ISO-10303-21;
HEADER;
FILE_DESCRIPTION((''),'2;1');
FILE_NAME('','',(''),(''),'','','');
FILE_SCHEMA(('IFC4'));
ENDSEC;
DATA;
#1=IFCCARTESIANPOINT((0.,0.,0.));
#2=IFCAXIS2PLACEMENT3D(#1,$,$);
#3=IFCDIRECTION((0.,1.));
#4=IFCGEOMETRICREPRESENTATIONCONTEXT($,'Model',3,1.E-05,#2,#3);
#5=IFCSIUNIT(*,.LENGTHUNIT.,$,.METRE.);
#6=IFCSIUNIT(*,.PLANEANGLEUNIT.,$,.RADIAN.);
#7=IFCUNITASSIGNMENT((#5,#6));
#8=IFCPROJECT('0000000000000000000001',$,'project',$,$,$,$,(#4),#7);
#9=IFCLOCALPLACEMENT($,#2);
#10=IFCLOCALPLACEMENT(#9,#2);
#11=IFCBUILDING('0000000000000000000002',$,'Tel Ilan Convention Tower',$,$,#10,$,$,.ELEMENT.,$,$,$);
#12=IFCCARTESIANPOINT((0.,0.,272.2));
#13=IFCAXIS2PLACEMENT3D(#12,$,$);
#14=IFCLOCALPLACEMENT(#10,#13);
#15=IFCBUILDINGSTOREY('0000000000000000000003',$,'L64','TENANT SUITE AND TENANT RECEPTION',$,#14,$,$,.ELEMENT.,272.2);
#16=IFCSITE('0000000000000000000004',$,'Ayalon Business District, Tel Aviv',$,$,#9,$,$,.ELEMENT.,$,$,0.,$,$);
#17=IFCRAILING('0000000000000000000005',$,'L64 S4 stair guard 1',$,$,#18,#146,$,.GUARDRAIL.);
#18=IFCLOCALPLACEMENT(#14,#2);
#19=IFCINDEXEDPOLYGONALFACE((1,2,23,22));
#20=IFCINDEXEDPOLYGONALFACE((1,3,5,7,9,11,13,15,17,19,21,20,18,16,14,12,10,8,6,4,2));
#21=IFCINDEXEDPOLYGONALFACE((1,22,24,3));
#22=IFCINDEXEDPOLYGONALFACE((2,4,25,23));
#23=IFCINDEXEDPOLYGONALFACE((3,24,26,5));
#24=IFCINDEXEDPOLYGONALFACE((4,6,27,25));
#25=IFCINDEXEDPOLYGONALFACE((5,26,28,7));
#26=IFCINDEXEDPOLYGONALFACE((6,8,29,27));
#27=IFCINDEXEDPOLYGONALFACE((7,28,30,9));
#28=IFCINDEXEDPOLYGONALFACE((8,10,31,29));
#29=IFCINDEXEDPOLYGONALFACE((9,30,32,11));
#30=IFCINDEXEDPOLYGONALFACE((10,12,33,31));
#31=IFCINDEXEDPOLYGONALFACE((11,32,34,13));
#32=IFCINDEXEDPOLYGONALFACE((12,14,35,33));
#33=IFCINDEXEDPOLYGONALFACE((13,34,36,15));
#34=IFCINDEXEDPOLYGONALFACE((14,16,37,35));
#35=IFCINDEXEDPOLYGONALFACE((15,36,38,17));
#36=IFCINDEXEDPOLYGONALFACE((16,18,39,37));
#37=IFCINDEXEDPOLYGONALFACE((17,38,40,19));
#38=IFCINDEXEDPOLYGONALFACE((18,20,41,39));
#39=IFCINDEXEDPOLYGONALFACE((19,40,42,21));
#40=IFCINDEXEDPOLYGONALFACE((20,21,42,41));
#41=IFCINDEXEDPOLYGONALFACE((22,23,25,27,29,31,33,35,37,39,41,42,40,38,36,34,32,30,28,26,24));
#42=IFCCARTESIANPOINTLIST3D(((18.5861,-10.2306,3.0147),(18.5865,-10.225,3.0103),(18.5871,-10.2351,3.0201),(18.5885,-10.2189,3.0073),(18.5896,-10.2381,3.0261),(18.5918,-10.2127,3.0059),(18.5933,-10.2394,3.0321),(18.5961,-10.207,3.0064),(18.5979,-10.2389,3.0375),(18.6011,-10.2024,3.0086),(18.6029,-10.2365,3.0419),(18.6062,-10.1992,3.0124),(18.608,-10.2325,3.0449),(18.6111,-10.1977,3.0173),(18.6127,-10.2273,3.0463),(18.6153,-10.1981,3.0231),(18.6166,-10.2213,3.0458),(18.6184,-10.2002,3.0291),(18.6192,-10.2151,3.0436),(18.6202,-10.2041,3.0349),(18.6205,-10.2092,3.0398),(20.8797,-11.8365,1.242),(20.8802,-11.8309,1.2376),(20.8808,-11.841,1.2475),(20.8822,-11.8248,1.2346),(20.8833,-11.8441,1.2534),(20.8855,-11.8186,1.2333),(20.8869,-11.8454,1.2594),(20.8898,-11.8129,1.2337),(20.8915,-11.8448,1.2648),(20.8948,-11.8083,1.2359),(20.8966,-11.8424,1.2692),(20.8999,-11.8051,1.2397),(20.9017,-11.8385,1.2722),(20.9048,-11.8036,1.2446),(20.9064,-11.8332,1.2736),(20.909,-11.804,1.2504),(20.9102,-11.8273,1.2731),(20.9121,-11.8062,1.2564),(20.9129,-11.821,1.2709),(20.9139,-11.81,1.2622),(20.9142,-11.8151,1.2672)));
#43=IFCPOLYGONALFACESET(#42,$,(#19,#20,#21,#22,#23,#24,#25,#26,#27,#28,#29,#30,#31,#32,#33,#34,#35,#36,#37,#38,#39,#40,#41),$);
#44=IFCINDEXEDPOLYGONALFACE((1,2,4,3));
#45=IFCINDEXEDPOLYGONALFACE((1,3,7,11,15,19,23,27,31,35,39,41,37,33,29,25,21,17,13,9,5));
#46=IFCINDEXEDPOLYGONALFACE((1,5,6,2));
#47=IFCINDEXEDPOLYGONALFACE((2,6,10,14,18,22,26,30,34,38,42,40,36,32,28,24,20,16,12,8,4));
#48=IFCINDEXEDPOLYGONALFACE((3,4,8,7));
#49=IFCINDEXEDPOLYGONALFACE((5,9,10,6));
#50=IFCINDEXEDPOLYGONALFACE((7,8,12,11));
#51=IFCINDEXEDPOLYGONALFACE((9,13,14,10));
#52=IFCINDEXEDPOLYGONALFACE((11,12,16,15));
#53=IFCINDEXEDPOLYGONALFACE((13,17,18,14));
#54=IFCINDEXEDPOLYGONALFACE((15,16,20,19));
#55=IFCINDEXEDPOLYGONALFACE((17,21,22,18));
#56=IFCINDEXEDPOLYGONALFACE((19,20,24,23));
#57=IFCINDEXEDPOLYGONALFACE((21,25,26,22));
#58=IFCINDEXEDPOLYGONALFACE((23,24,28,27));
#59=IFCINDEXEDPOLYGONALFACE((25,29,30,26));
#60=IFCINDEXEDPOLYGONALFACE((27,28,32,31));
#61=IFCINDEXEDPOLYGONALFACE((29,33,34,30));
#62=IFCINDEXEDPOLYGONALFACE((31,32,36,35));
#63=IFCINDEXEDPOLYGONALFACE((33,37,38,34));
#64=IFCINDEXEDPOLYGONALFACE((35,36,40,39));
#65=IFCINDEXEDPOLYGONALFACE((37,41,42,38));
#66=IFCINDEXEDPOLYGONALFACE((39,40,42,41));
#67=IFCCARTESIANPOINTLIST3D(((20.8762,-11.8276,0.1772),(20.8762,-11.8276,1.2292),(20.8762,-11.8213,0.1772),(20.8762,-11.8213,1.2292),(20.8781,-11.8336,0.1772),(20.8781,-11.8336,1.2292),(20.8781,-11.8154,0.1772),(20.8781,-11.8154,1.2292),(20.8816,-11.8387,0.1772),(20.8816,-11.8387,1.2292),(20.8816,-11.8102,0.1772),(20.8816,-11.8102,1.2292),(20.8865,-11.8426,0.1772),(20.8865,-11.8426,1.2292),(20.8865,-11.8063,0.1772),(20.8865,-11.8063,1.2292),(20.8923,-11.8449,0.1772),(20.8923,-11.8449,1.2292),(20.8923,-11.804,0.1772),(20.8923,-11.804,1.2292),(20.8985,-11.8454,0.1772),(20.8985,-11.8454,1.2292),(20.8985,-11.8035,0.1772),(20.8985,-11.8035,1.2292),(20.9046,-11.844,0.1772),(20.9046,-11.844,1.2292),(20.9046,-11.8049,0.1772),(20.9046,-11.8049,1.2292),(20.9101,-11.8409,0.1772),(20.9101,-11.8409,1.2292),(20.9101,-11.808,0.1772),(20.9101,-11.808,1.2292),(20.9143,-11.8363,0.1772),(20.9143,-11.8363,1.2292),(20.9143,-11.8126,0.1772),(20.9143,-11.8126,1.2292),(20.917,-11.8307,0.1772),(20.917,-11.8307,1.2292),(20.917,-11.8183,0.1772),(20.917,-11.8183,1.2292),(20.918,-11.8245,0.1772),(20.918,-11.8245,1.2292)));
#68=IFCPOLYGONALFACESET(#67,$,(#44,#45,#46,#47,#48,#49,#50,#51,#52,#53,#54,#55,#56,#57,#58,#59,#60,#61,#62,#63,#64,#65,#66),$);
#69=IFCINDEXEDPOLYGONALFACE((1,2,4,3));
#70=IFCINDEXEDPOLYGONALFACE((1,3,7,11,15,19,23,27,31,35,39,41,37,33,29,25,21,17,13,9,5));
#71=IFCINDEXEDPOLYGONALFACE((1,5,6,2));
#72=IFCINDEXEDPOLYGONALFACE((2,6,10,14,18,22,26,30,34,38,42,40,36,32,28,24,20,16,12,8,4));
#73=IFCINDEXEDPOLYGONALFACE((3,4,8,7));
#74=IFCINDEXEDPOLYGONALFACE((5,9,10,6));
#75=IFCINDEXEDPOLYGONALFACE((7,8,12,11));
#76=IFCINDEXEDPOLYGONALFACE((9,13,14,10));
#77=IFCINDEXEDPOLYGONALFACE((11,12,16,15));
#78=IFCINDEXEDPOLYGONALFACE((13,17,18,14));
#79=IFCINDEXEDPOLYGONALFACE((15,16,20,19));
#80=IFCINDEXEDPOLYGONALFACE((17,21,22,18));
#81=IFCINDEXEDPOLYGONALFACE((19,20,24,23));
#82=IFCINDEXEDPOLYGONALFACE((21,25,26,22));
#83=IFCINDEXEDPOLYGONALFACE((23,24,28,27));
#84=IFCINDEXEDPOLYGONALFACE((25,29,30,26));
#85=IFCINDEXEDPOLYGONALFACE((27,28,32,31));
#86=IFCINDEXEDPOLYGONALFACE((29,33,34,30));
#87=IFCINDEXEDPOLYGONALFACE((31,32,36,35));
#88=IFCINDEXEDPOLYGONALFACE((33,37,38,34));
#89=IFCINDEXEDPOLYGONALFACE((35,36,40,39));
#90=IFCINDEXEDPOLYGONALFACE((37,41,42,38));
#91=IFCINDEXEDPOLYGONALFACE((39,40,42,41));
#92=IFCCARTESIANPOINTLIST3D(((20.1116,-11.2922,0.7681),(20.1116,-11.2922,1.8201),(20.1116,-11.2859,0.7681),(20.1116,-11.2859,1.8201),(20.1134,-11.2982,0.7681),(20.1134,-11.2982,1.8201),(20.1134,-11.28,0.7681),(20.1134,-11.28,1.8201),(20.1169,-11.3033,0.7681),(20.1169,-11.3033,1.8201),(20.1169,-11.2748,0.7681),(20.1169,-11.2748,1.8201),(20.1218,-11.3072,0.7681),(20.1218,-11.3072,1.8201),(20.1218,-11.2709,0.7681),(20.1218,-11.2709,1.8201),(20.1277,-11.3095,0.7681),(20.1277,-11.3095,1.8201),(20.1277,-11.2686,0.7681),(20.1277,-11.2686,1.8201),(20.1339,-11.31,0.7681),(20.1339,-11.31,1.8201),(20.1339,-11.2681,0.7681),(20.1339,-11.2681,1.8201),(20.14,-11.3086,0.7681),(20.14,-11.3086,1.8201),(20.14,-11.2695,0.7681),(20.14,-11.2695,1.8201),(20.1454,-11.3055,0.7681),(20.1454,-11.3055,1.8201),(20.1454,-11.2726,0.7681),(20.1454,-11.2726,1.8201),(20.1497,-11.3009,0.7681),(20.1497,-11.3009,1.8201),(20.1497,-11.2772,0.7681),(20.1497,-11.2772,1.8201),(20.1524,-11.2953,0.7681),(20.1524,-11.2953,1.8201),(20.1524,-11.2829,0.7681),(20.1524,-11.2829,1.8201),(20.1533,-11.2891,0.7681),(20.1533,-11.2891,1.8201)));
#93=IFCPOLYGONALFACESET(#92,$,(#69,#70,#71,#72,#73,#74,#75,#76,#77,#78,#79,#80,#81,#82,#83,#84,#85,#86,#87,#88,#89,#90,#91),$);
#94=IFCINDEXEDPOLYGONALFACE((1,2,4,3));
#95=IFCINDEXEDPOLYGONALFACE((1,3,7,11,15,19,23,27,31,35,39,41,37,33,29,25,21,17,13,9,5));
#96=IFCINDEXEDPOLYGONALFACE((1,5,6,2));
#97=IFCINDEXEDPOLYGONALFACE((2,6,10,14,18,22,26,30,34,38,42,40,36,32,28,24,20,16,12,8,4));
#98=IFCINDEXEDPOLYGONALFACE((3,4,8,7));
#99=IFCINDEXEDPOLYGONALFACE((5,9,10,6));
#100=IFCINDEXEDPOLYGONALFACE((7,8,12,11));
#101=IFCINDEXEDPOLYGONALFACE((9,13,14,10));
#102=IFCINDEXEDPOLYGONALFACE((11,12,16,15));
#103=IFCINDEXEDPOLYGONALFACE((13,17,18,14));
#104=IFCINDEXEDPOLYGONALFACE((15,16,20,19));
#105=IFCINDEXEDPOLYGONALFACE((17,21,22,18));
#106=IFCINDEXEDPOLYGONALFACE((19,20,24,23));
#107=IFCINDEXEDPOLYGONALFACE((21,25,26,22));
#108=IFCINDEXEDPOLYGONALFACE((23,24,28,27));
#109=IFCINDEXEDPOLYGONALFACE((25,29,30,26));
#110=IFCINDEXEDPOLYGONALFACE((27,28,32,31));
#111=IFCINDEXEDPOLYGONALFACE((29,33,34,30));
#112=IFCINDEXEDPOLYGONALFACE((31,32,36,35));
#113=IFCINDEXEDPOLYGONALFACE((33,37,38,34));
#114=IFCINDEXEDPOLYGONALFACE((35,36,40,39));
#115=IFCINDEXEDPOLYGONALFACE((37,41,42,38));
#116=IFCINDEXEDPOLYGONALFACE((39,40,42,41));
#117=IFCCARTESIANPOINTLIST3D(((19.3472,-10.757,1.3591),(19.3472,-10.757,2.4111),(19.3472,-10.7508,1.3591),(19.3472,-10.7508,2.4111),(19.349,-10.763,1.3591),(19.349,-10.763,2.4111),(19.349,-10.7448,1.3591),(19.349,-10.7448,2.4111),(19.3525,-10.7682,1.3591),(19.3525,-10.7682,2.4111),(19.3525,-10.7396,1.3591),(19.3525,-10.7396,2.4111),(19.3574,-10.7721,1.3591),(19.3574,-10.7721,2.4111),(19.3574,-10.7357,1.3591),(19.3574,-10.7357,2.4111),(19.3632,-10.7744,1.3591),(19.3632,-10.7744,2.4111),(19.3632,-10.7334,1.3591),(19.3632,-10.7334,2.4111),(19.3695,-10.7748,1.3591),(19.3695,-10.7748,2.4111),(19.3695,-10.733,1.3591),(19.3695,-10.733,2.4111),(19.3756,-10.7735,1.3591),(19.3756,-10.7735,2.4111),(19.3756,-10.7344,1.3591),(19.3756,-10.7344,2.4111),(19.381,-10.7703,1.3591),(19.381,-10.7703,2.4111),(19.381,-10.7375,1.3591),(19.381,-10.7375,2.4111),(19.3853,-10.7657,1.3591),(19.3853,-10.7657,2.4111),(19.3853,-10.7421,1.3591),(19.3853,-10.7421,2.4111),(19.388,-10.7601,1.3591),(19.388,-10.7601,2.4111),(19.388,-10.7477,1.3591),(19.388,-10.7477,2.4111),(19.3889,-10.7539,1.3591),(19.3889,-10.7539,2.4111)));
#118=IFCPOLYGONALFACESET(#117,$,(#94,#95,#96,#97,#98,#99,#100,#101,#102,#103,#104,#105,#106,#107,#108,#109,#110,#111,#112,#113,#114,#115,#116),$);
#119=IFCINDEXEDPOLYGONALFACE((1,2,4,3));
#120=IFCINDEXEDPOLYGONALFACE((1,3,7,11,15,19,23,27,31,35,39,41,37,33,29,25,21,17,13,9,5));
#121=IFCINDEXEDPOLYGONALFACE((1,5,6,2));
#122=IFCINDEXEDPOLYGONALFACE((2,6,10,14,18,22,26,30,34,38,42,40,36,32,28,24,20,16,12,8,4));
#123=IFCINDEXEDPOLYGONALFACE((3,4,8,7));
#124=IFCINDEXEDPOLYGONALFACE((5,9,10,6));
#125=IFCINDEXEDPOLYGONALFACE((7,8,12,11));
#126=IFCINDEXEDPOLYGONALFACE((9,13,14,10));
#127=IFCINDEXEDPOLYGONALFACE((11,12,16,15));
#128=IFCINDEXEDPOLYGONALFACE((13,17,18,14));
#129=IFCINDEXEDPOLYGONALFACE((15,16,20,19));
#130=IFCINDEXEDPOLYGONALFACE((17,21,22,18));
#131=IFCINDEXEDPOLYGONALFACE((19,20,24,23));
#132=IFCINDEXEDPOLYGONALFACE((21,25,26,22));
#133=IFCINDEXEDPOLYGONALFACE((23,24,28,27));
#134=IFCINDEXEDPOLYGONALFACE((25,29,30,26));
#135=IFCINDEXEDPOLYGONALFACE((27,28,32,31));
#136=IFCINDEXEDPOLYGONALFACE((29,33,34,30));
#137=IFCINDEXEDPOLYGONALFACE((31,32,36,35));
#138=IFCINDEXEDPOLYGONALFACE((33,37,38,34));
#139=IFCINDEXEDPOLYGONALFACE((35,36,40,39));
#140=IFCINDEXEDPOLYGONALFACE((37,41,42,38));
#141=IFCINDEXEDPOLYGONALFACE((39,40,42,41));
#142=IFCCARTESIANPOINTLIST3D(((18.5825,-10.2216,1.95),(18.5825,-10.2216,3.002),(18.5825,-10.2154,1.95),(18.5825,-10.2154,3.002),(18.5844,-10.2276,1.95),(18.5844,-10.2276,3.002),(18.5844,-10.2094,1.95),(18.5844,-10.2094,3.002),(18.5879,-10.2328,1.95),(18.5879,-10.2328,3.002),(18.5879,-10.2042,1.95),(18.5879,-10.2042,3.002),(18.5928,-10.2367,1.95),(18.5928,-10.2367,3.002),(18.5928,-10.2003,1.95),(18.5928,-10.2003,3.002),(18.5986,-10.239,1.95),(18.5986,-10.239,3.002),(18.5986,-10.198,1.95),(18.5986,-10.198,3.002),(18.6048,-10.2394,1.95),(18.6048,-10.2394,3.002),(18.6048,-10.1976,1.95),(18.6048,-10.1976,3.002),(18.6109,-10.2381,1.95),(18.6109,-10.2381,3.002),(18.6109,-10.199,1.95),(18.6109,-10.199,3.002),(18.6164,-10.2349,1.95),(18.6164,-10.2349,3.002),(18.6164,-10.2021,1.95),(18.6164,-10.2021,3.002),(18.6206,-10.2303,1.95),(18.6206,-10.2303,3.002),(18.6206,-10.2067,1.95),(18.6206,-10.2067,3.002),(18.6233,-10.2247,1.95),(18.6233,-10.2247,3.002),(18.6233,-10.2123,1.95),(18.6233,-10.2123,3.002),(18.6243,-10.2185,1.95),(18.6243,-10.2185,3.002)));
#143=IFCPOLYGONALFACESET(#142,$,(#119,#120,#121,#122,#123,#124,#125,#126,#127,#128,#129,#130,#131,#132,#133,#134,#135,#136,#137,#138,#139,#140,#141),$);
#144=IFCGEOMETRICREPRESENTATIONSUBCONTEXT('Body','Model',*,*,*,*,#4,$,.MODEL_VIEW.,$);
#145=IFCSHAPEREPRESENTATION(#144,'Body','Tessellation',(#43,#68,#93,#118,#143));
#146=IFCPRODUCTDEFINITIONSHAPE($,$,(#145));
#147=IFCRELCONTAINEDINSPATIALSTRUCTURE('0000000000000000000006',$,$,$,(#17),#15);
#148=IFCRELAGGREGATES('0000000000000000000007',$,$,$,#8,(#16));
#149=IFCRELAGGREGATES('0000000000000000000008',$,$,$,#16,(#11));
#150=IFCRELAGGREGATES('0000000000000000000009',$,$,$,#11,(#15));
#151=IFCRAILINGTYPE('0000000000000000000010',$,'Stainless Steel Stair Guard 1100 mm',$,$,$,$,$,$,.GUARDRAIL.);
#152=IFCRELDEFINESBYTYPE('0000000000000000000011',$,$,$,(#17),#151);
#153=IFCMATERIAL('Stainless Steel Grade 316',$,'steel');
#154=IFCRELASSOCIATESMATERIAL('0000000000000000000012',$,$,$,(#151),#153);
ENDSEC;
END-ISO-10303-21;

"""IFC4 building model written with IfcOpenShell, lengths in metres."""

from ifc_helpers import new_model, si_unit, direction, frame, origin, origin_2d, place, context, subcontext, project, spatial, circle, extrude, material, type_object, element, save


model = new_model("IFC4")

# Units and contexts
model_context = context("Model", 3, precision=1e-05, world=origin(), true_north=direction((0.0, 1.0)))
body_context = subcontext(model_context, "Body", "Model", "MODEL_VIEW")
ifc_project = project(units=[si_unit("LENGTHUNIT", "METRE"), si_unit("PLANEANGLEUNIT", "RADIAN")], contexts=[model_context])

# Site, building, storey
site_placement = place(None, origin())
site = spatial("IfcSite", under=ifc_project, at=site_placement, Name="Ayalon Business District, Tel Aviv", CompositionType="ELEMENT", RefElevation=0.0)
building_placement = place(site_placement, origin())
building = spatial("IfcBuilding", under=site, at=building_placement, Name="Tel Ilan Convention Tower", CompositionType="ELEMENT")
storey_placement = place(building_placement, frame((0.0, 0.0, 272.2)))
storey = spatial("IfcBuildingStorey", under=building, at=storey_placement, Name="L64", Description="TENANT SUITE AND TENANT RECEPTION", CompositionType="ELEMENT", Elevation=272.2)

# Railing
ifc_material_1 = material(Name="Stainless Steel Grade 316", Category="steel")
railing_type_1 = type_object("IfcRailingType", Name="Stainless Steel Stair Guard 1100 mm", PredefinedType="GUARDRAIL", material=ifc_material_1)
railing_1_placement = place(storey_placement, frame((20.897, -11.8245, 0.1772)))
element("IfcRailing", 1, at=railing_1_placement, inside=storey, type_object=railing_type_1, Name="L64 S4 stair guard 1", PredefinedType="GUARDRAIL", context=body_context, shape_type="SweptSolid", body=[
    extrude(circle(Radius=0.0239, at=origin_2d()), frame((0.0, 0.0, 1.0762), z_axis=(-0.692123, 0.484597, 0.534913), x_axis=(-0.57355, -0.81917, 0.0)), (0.0, 0.0, 1.0), 3.314),
    extrude(circle(Radius=0.021, at=origin_2d()), origin(), (0.0, 0.0, 1.0), 1.052),
    extrude(circle(Radius=0.021, at=origin_2d()), frame((-0.7646, 0.5354, 0.5908)), (0.0, 0.0, 1.0), 1.052),
    extrude(circle(Radius=0.021, at=origin_2d()), frame((-1.5291, 1.0706, 1.1819)), (0.0, 0.0, 1.0), 1.052),
    extrude(circle(Radius=0.021, at=origin_2d()), frame((-2.2937, 1.606, 1.7727)), (0.0, 0.0, 1.0), 1.052),
])

save(model, "model.ifc")
